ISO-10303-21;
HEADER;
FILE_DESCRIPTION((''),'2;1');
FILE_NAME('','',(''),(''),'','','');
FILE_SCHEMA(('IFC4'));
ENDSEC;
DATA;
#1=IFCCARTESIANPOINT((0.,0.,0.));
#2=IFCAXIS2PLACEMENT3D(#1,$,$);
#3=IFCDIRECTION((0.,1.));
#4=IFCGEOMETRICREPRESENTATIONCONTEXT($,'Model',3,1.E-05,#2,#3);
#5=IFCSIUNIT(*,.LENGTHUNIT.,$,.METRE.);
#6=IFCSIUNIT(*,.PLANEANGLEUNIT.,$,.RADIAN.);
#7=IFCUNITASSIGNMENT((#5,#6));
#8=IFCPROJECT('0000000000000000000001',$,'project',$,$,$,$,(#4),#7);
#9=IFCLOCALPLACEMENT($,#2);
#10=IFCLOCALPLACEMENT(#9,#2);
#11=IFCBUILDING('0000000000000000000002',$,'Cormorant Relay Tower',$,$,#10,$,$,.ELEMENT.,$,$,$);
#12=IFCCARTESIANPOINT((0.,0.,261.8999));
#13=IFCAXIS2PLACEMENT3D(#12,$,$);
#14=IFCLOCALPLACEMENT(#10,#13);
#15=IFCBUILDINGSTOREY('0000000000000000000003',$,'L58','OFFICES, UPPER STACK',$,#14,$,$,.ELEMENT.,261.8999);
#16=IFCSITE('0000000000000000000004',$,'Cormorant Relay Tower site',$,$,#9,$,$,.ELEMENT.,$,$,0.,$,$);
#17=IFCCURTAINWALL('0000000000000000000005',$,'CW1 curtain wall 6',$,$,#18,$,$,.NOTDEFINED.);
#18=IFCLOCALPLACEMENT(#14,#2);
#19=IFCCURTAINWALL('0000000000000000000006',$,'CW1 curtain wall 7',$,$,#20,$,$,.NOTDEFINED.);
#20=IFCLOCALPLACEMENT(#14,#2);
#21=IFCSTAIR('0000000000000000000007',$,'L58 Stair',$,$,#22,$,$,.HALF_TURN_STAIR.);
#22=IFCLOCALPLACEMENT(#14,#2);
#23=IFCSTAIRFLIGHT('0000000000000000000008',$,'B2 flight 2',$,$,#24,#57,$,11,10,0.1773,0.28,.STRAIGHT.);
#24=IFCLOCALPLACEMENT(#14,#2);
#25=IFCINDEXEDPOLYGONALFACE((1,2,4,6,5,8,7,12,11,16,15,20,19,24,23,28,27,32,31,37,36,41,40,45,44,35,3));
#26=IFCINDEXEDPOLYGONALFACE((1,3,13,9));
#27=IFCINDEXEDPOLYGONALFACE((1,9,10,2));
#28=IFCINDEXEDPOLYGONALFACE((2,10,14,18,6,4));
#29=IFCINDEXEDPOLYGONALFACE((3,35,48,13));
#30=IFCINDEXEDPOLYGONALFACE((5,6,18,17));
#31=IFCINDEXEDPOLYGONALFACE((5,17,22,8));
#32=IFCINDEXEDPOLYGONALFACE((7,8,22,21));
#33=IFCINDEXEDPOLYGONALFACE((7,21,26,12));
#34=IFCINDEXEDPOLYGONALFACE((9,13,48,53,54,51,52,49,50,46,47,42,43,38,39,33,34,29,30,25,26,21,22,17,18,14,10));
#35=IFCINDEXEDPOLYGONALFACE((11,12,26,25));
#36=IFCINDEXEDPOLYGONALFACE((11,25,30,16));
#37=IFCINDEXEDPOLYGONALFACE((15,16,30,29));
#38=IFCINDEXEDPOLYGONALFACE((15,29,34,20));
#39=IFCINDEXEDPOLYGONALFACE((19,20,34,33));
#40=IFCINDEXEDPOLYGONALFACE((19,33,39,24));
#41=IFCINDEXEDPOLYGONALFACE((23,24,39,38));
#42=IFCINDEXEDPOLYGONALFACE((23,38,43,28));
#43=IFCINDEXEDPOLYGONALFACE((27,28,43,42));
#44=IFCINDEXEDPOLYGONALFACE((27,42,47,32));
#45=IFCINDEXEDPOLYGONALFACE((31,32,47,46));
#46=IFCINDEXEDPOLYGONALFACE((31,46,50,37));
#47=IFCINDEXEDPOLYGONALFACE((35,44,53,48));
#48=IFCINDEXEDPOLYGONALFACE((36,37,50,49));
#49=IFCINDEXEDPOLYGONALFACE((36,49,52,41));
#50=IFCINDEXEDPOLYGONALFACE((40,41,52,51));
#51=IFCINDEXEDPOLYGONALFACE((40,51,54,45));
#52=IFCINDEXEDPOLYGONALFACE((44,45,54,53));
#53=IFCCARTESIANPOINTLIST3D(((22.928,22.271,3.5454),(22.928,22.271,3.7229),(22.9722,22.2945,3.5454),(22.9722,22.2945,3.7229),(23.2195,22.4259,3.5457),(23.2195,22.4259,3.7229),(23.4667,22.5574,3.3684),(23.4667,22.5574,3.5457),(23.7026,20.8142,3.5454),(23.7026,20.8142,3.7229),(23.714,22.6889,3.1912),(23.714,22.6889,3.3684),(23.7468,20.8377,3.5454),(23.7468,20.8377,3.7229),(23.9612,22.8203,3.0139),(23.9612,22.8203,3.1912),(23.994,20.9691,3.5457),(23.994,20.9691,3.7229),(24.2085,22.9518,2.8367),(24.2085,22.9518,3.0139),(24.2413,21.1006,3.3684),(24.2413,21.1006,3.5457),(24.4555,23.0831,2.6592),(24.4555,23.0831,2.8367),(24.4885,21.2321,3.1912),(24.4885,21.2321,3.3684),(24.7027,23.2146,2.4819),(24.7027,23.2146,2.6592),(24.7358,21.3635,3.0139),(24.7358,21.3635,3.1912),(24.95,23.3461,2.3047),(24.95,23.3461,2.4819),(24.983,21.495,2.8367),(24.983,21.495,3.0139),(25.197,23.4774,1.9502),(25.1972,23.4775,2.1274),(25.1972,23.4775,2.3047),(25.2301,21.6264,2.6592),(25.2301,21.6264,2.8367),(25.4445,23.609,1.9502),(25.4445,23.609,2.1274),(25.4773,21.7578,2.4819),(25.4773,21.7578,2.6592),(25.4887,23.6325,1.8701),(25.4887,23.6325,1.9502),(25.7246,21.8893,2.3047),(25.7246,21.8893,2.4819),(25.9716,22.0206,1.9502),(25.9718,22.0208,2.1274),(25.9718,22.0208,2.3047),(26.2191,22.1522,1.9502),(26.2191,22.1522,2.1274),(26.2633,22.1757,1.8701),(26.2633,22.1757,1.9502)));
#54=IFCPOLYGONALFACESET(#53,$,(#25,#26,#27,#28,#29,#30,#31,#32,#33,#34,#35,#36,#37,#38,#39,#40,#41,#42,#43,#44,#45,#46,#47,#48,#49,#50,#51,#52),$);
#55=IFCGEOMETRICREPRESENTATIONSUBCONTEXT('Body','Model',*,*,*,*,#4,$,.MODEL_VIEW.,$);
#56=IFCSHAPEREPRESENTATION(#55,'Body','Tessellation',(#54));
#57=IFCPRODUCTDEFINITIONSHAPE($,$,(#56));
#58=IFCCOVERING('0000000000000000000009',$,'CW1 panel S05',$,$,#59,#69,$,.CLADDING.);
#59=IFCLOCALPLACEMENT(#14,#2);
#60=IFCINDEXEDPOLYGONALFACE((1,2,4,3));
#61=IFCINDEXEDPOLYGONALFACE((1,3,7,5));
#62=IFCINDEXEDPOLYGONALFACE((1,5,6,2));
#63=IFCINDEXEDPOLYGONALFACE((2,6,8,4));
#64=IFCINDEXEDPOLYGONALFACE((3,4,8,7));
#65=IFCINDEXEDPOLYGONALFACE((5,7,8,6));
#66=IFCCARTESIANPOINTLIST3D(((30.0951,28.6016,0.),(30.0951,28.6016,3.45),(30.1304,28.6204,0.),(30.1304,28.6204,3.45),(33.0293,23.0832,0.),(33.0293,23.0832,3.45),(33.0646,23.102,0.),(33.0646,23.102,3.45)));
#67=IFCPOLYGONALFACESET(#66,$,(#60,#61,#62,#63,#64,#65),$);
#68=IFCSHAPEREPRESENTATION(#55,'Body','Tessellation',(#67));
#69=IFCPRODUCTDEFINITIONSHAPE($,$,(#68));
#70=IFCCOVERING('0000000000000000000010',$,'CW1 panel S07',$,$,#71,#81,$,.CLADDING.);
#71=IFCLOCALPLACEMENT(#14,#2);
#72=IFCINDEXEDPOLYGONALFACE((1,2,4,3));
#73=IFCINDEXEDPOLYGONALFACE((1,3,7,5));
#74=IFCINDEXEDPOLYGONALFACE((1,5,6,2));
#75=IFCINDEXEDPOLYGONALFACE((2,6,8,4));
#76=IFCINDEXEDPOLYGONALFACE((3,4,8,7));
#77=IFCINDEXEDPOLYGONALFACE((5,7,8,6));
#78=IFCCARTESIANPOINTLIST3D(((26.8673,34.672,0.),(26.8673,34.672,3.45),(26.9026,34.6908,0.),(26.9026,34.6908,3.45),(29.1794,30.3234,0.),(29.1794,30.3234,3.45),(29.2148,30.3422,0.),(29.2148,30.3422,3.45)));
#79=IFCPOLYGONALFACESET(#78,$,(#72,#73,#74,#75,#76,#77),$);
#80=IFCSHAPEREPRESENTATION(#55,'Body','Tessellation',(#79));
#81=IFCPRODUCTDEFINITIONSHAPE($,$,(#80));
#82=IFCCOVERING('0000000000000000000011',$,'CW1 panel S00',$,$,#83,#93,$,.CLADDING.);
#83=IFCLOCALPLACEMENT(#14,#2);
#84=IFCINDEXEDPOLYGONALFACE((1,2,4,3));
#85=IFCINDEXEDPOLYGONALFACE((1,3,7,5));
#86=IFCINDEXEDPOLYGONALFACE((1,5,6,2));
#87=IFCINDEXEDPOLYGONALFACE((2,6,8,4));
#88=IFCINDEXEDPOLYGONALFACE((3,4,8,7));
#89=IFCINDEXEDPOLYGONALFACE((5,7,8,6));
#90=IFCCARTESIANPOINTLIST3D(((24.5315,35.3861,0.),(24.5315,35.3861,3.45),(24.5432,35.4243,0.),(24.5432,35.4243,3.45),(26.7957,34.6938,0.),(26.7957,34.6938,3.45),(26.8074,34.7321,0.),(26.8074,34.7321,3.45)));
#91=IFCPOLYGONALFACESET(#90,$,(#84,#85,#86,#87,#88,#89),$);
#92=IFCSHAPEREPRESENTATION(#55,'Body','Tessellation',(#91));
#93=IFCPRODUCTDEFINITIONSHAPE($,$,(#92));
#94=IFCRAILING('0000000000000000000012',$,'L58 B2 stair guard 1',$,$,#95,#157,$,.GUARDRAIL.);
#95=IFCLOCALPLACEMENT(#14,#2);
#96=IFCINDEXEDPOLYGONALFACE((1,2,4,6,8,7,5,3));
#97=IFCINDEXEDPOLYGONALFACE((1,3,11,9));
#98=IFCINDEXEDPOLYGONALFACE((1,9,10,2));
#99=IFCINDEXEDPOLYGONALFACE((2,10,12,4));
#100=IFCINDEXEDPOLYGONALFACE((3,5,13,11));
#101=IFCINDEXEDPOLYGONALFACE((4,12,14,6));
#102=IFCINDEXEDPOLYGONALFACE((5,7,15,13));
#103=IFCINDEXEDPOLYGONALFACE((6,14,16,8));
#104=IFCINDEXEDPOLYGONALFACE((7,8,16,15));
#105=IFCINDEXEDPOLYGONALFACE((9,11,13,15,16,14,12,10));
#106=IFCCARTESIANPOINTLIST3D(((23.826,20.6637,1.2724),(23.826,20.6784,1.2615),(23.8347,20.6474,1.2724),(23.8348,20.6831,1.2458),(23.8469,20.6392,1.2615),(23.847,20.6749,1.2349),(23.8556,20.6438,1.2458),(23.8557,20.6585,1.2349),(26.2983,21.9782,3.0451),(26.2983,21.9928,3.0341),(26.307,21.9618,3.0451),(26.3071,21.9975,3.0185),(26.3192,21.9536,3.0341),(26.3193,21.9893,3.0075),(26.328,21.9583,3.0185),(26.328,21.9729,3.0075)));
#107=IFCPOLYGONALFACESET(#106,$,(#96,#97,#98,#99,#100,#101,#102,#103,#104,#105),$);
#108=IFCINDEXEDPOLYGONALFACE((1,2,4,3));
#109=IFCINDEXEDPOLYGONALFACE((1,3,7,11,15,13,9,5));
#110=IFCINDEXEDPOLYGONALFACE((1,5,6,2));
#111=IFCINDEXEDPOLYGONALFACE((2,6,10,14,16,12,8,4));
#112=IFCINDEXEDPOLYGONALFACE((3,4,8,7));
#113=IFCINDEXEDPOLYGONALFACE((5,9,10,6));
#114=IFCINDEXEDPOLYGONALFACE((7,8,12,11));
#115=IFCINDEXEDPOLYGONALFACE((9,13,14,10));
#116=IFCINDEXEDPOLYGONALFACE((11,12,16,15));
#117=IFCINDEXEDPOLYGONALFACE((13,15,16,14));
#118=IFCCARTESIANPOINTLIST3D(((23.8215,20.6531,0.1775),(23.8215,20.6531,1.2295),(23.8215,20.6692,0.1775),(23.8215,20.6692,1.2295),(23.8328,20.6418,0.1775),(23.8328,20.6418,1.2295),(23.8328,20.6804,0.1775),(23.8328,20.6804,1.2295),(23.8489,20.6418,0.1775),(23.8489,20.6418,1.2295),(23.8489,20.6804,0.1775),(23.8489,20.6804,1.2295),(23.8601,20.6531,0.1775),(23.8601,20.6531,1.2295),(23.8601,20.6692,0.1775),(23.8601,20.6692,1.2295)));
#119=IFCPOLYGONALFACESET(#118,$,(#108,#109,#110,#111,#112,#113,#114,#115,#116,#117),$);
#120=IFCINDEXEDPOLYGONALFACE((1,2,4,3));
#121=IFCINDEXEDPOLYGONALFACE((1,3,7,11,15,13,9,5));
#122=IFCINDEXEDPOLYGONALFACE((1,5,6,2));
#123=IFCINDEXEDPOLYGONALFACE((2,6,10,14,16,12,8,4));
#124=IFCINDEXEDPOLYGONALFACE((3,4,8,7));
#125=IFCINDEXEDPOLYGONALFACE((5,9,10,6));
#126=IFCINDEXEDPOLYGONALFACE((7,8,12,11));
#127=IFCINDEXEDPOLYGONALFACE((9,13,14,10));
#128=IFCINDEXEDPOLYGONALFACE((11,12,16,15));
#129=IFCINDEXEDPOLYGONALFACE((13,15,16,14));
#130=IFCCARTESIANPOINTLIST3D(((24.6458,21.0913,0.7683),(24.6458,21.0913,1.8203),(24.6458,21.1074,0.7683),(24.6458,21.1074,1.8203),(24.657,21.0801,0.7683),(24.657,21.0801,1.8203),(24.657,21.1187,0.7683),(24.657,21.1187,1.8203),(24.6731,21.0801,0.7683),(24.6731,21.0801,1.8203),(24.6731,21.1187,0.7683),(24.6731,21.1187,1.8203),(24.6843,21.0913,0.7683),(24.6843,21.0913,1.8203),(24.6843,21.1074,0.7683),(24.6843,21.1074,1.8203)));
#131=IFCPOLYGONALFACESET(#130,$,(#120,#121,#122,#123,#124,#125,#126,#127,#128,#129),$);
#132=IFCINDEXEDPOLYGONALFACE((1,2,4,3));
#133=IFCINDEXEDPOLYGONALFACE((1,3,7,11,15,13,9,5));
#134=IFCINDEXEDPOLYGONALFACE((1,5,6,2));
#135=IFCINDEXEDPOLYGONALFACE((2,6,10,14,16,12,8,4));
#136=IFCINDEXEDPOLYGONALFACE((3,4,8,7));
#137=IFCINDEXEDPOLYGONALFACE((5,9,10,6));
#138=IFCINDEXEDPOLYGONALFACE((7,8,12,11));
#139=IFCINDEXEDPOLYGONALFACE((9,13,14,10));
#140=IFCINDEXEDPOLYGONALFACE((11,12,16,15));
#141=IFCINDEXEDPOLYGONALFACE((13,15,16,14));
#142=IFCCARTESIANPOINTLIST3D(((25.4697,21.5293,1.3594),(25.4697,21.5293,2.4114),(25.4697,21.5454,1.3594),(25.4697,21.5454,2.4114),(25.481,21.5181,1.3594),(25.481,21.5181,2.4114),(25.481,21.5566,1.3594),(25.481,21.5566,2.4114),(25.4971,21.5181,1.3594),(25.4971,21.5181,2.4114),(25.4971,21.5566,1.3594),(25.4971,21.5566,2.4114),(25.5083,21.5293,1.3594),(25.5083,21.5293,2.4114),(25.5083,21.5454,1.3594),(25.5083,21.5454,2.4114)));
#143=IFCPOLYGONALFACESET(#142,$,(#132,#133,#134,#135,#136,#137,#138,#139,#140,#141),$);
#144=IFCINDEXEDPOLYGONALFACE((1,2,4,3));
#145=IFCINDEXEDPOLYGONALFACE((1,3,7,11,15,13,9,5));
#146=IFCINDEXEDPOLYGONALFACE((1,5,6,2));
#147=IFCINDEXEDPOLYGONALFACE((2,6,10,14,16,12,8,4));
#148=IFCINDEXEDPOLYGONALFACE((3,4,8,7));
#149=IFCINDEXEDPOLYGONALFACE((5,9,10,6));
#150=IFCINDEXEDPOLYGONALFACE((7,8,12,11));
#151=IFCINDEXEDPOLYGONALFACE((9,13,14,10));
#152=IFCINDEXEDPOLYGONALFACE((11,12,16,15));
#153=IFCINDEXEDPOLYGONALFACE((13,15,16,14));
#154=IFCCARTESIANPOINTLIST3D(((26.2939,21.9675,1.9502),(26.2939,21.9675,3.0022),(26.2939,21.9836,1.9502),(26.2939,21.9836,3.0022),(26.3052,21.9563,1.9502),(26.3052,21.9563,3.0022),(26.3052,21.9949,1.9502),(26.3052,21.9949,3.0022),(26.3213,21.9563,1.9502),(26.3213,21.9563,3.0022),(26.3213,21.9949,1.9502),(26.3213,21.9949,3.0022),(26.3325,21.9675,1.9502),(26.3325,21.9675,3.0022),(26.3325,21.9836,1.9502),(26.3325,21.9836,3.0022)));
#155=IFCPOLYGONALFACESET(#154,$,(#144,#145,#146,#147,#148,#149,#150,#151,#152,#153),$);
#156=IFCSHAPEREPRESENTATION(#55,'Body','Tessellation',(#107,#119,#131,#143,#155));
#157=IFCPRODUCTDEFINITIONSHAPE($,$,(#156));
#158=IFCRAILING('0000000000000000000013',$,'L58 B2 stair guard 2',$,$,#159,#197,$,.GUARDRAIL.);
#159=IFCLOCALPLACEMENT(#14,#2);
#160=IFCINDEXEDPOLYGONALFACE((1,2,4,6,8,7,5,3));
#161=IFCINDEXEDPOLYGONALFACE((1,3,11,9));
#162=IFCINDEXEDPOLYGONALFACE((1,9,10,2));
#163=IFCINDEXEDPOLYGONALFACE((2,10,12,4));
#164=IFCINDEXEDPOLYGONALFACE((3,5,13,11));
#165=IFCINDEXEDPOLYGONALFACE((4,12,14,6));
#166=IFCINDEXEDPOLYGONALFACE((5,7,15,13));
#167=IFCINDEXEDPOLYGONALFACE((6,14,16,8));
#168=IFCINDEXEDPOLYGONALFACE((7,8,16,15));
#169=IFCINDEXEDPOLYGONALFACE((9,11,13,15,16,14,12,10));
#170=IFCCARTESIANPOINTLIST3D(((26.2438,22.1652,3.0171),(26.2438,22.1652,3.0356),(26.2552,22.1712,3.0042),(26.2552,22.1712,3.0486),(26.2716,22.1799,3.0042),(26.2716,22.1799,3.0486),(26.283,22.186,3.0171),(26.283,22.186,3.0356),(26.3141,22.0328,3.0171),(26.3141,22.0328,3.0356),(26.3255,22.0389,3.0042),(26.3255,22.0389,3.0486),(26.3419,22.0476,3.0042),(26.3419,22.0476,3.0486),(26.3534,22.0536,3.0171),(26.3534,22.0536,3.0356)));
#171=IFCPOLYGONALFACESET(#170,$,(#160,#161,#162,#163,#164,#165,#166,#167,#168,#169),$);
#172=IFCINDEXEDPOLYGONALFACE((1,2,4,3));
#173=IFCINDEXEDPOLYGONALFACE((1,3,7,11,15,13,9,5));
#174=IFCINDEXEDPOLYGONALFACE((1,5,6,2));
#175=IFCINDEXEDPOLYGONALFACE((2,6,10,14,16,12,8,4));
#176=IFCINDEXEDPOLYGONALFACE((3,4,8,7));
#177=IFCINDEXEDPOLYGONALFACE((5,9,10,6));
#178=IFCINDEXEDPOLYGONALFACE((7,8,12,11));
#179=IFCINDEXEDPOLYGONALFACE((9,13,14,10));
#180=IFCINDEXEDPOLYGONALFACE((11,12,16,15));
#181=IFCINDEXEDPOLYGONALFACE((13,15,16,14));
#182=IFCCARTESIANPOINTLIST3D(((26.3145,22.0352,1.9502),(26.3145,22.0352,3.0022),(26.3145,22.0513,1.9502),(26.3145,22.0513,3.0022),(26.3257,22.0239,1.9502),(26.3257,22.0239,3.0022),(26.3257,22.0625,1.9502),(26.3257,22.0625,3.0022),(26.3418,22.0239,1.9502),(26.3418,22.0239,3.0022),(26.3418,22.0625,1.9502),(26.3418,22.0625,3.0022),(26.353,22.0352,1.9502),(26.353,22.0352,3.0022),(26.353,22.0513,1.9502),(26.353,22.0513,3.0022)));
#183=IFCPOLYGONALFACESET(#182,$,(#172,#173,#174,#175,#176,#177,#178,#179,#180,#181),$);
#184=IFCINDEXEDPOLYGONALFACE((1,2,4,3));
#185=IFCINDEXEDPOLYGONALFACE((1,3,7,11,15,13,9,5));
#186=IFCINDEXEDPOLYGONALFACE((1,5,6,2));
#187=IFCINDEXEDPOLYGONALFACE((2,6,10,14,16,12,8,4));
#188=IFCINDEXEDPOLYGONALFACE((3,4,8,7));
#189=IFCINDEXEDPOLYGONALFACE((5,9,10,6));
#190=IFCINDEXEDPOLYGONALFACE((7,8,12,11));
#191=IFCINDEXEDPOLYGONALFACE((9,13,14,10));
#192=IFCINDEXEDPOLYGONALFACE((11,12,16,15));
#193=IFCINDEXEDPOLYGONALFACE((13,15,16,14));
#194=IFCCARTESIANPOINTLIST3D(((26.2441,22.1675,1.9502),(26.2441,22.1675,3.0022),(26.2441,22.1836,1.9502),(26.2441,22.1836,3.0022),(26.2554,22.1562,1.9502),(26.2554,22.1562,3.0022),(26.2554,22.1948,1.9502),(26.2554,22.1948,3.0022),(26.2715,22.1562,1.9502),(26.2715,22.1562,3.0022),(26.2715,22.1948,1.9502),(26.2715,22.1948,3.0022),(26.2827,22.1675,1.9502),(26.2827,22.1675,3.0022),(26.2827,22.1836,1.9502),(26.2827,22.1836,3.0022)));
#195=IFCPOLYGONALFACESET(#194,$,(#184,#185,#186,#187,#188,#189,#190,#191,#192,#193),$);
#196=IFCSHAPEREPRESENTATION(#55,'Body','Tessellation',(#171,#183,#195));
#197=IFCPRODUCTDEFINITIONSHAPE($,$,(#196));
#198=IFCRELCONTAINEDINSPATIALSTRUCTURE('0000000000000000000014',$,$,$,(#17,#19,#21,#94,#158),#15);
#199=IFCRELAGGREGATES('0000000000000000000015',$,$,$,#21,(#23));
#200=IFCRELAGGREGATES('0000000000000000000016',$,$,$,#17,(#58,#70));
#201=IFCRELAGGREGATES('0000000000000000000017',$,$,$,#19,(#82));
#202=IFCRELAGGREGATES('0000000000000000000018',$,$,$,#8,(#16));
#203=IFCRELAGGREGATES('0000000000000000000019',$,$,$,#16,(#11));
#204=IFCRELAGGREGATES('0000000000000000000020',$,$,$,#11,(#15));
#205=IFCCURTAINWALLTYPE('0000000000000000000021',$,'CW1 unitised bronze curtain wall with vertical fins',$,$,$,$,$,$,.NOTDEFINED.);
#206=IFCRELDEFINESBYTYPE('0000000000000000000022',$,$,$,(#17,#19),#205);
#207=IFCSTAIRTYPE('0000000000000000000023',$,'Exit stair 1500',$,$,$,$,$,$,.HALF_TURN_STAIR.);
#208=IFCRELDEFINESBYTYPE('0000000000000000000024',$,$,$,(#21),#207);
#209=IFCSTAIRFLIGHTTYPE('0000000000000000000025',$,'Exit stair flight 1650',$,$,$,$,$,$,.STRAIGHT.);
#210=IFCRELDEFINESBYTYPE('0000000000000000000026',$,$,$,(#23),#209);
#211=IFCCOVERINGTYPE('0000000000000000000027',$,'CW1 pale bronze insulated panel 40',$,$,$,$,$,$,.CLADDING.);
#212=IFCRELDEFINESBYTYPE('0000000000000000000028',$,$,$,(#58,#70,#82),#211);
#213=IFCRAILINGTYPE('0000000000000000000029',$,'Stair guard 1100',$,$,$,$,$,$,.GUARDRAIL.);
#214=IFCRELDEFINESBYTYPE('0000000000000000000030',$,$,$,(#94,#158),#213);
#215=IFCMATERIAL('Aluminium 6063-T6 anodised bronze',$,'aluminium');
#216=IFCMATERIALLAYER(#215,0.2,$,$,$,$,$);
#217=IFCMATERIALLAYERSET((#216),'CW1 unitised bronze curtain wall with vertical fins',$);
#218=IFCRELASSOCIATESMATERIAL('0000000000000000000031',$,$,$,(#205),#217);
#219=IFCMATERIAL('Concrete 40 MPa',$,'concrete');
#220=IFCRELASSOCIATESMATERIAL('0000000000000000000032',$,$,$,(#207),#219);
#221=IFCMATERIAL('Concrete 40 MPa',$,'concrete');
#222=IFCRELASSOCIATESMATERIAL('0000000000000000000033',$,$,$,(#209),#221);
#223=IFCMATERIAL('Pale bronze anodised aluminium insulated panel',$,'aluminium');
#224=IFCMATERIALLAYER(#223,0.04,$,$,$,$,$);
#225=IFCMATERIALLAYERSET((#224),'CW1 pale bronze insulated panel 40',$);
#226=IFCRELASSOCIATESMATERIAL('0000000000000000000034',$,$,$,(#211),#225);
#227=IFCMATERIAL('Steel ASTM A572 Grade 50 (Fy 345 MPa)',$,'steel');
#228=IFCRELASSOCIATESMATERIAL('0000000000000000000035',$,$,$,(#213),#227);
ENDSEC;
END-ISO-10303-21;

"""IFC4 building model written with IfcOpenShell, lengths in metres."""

from ifc_helpers import new_model, si_unit, direction, frame, origin, origin_2d, place, context, subcontext, project, spatial, polyline, rectangle, outline, extrude, material, layer, layer_set, type_object, element, aggregate, save


model = new_model("IFC4")

# Units and contexts
model_context = context("Model", 3, precision=1e-05, world=origin(), true_north=direction((0.0, 1.0)))
body_context = subcontext(model_context, "Body", "Model", "MODEL_VIEW")
ifc_project = project(units=[si_unit("LENGTHUNIT", "METRE"), si_unit("PLANEANGLEUNIT", "RADIAN")], contexts=[model_context])

# Site, building, storey
site_placement = place(None, origin())
site = spatial("IfcSite", under=ifc_project, at=site_placement, Name="Cormorant Relay Tower site", CompositionType="ELEMENT", RefElevation=0.0)
building_placement = place(site_placement, origin())
building = spatial("IfcBuilding", under=site, at=building_placement, Name="Cormorant Relay Tower", CompositionType="ELEMENT")
storey_placement = place(building_placement, frame((0.0, 0.0, 261.8999)))
storey = spatial("IfcBuildingStorey", under=building, at=storey_placement, Name="L58", Description="OFFICES, UPPER STACK", CompositionType="ELEMENT", Elevation=261.8999)

# Curtain walls
ifc_material_1 = material(Name="Aluminium 6063-T6 anodised bronze", Category="aluminium")
ifc_layer_1 = layer(ifc_material_1, 0.2)
ifc_layer_set_1 = layer_set([ifc_layer_1], Name="CW1 unitised bronze curtain wall with vertical fins")
curtain_wall_type = type_object("IfcCurtainWallType", Name="CW1 unitised bronze curtain wall with vertical fins", PredefinedType="NOTDEFINED", material=ifc_layer_set_1)
curtain_wall_1_placement = place(storey_placement, origin())
curtain_wall_1 = element("IfcCurtainWall", 1, at=curtain_wall_1_placement, inside=storey, type_object=curtain_wall_type, Name="CW1 curtain wall 6", PredefinedType="NOTDEFINED")
curtain_wall_2_placement = place(storey_placement, origin())
curtain_wall_2 = element("IfcCurtainWall", 2, at=curtain_wall_2_placement, inside=storey, type_object=curtain_wall_type, Name="CW1 curtain wall 7", PredefinedType="NOTDEFINED")

# Stair, stair flight
ifc_material_2 = material(Name="Concrete 40 MPa", Category="concrete")
stair_type = type_object("IfcStairType", Name="Exit stair 1500", PredefinedType="HALF_TURN_STAIR", material=ifc_material_2)
stair_placement = place(storey_placement, origin())
stair = element("IfcStair", 3, at=stair_placement, inside=storey, type_object=stair_type, Name="L58 Stair", PredefinedType="HALF_TURN_STAIR")
ifc_material_3 = material(Name="Concrete 40 MPa", Category="concrete")
stair_flight_type = type_object("IfcStairFlightType", Name="Exit stair flight 1650", PredefinedType="STRAIGHT", material=ifc_material_3)
stair_flight_1_placement = place(storey_placement, frame((25.8318, 22.8806, 1.9502), z_axis=(0.0, 0.0, 1.0), x_axis=(-0.882948, -0.469472, 0.0)))
stair_flight_1 = element("IfcStairFlight", 4, at=stair_flight_1_placement, type_object=stair_flight_type, Name="B2 flight 2", NumberOfRisers=11, NumberOfTreads=10, PredefinedType="STRAIGHT", RiserHeight=0.1773, TreadLength=0.28, context=body_context, shape_type="SweptSolid", body=[
    extrude(outline(polyline([(-0.05, -0.0801), (-0.05, 0.0), (0.0, 0.0), (0.0, 0.1772), (0.28, 0.1772), (0.28, 0.3545), (0.5601, 0.3545), (0.5601, 0.5317), (0.8401, 0.5317), (0.8401, 0.709), (1.1201, 0.709), (1.1201, 0.8865), (1.3999, 0.8865), (1.3999, 1.0637), (1.6799, 1.0637), (1.6799, 1.241), (1.96, 1.241), (1.96, 1.4182), (2.24, 1.4182), (2.24, 1.5955), (2.52, 1.5955), (2.52, 1.7727), (2.8, 1.7727), (2.8501, 1.7727), (2.8501, 1.5952), (2.8, 1.5952), (0.2803, 0.0), (-0.05, -0.0801)])), frame((0.0, 0.825, 0.0), z_axis=(0.0, -1.0, 0.0), x_axis=(1.0, 0.0, 0.0)), (0.0, 0.0, 1.0), 1.6499),
])
aggregate(stair, [stair_flight_1])

# Coverings
ifc_material_4 = material(Name="Pale bronze anodised aluminium insulated panel", Category="aluminium")
ifc_layer_2 = layer(ifc_material_4, 0.04)
ifc_layer_set_2 = layer_set([ifc_layer_2], Name="CW1 pale bronze insulated panel 40")
covering_type = type_object("IfcCoveringType", Name="CW1 pale bronze insulated panel 40", PredefinedType="CLADDING", material=ifc_layer_set_2)
covering_1_placement = place(storey_placement, frame((31.5798, 25.8518, 0.0), z_axis=(0.0, 0.0, 1.0), x_axis=(-0.469472, 0.882948, 0.0)))
covering_1 = element("IfcCovering", 5, at=covering_1_placement, type_object=covering_type, Name="CW1 panel S05", PredefinedType="CLADDING", context=body_context, shape_type="SweptSolid", body=[
    extrude(rectangle(XDim=6.25, YDim=0.04, at=origin_2d()), origin(), (0.0, 0.0, 1.0), 3.45),
])
covering_2_placement = place(storey_placement, frame((28.041, 32.5071, 0.0), z_axis=(0.0, 0.0, 1.0), x_axis=(-0.469472, 0.882948, 0.0)))
covering_2 = element("IfcCovering", 6, at=covering_2_placement, type_object=covering_type, Name="CW1 panel S07", PredefinedType="CLADDING", context=body_context, shape_type="SweptSolid", body=[
    extrude(rectangle(XDim=4.925, YDim=0.04, at=origin_2d()), origin(), (0.0, 0.0, 1.0), 3.45),
])
aggregate(curtain_wall_1, [covering_1, covering_2])
covering_3_placement = place(storey_placement, frame((25.6694, 35.0591, 0.0), z_axis=(0.0, 0.0, 1.0), x_axis=(-0.956305, 0.292372, 0.0)))
covering_3 = element("IfcCovering", 7, at=covering_3_placement, type_object=covering_type, Name="CW1 panel S00", PredefinedType="CLADDING", context=body_context, shape_type="SweptSolid", body=[
    extrude(rectangle(XDim=2.3677, YDim=0.04, at=origin_2d()), origin(), (0.0, 0.0, 1.0), 3.45),
])
aggregate(curtain_wall_2, [covering_3])

# Railings
ifc_material_5 = material(Name="Steel ASTM A572 Grade 50 (Fy 345 MPa)", Category="steel")
railing_type_1 = type_object("IfcRailingType", Name="Stair guard 1100", PredefinedType="GUARDRAIL", material=ifc_material_5)
railing_1_placement = place(storey_placement, frame((23.8408, 20.6611, 0.1775)))
element("IfcRailing", 8, at=railing_1_placement, inside=storey, type_object=railing_type_1, Name="L58 B2 stair guard 1", PredefinedType="GUARDRAIL", context=body_context, shape_type="SweptSolid", body=[
    extrude(outline(polyline([(0.0222, 0.0093), (0.0093, 0.0222), (-0.0093, 0.0222), (-0.0222, 0.0093), (-0.0222, -0.0093), (-0.0093, -0.0222), (0.0093, -0.0222), (0.0222, -0.0093), (0.0222, 0.0093)])), frame((0.0, 0.0, 1.0762), z_axis=(0.746034, 0.396627, 0.534902), x_axis=(-0.469429, 0.88297, 0.0)), (0.0, 0.0, 1.0), 3.314),
    extrude(outline(polyline([(0.0193, 0.0081), (0.0081, 0.0193), (-0.0081, 0.0193), (-0.0193, 0.0081), (-0.0193, -0.0081), (-0.0081, -0.0193), (0.0081, -0.0193), (0.0193, -0.0081), (0.0193, 0.0081)])), origin(), (0.0, 0.0, 1.0), 1.052),
    extrude(outline(polyline([(0.0193, 0.0081), (0.0081, 0.0193), (-0.0081, 0.0193), (-0.0193, 0.0081), (-0.0193, -0.0081), (-0.0081, -0.0193), (0.0081, -0.0193), (0.0193, -0.0081), (0.0193, 0.0081)])), frame((0.8242, 0.4382, 0.5908)), (0.0, 0.0, 1.0), 1.052),
    extrude(outline(polyline([(0.0193, 0.0081), (0.0081, 0.0193), (-0.0081, 0.0193), (-0.0193, 0.0081), (-0.0193, -0.0081), (-0.0081, -0.0193), (0.0081, -0.0193), (0.0193, -0.0081), (0.0193, 0.0081)])), frame((1.6482, 0.8762, 1.1819)), (0.0, 0.0, 1.0), 1.052),
    extrude(outline(polyline([(0.0193, 0.0081), (0.0081, 0.0193), (-0.0081, 0.0193), (-0.0193, 0.0081), (-0.0193, -0.0081), (-0.0081, -0.0193), (0.0081, -0.0193), (0.0193, -0.0081), (0.0193, 0.0081)])), frame((2.4724, 1.3145, 1.7727)), (0.0, 0.0, 1.0), 1.052),
])
railing_2_placement = place(storey_placement, frame((26.3337, 22.0432, 1.9502)))
element("IfcRailing", 9, at=railing_2_placement, inside=storey, type_object=railing_type_1, Name="L58 B2 stair guard 2", PredefinedType="GUARDRAIL", context=body_context, shape_type="SweptSolid", body=[
    extrude(outline(polyline([(0.0222, 0.0093), (0.0093, 0.0222), (-0.0093, 0.0222), (-0.0222, 0.0093), (-0.0222, -0.0093), (-0.0093, -0.0222), (0.0093, -0.0222), (0.0222, -0.0093), (0.0222, 0.0093)])), frame((0.0, 0.0, 1.0762), z_axis=(-0.469235, 0.883074, 0.0), x_axis=(-0.883074, -0.469235, 0.0)), (0.0, 0.0, 1.0), 0.1499),
    extrude(outline(polyline([(0.0193, 0.0081), (0.0081, 0.0193), (-0.0081, 0.0193), (-0.0193, 0.0081), (-0.0193, -0.0081), (-0.0081, -0.0193), (0.0081, -0.0193), (0.0193, -0.0081), (0.0193, 0.0081)])), origin(), (0.0, 0.0, 1.0), 1.052),
    extrude(outline(polyline([(0.0193, 0.0081), (0.0081, 0.0193), (-0.0081, 0.0193), (-0.0193, 0.0081), (-0.0193, -0.0081), (-0.0081, -0.0193), (0.0081, -0.0193), (0.0193, -0.0081), (0.0193, 0.0081)])), frame((-0.0703, 0.1323, 0.0)), (0.0, 0.0, 1.0), 1.052),
])

save(model, "model.ifc")
